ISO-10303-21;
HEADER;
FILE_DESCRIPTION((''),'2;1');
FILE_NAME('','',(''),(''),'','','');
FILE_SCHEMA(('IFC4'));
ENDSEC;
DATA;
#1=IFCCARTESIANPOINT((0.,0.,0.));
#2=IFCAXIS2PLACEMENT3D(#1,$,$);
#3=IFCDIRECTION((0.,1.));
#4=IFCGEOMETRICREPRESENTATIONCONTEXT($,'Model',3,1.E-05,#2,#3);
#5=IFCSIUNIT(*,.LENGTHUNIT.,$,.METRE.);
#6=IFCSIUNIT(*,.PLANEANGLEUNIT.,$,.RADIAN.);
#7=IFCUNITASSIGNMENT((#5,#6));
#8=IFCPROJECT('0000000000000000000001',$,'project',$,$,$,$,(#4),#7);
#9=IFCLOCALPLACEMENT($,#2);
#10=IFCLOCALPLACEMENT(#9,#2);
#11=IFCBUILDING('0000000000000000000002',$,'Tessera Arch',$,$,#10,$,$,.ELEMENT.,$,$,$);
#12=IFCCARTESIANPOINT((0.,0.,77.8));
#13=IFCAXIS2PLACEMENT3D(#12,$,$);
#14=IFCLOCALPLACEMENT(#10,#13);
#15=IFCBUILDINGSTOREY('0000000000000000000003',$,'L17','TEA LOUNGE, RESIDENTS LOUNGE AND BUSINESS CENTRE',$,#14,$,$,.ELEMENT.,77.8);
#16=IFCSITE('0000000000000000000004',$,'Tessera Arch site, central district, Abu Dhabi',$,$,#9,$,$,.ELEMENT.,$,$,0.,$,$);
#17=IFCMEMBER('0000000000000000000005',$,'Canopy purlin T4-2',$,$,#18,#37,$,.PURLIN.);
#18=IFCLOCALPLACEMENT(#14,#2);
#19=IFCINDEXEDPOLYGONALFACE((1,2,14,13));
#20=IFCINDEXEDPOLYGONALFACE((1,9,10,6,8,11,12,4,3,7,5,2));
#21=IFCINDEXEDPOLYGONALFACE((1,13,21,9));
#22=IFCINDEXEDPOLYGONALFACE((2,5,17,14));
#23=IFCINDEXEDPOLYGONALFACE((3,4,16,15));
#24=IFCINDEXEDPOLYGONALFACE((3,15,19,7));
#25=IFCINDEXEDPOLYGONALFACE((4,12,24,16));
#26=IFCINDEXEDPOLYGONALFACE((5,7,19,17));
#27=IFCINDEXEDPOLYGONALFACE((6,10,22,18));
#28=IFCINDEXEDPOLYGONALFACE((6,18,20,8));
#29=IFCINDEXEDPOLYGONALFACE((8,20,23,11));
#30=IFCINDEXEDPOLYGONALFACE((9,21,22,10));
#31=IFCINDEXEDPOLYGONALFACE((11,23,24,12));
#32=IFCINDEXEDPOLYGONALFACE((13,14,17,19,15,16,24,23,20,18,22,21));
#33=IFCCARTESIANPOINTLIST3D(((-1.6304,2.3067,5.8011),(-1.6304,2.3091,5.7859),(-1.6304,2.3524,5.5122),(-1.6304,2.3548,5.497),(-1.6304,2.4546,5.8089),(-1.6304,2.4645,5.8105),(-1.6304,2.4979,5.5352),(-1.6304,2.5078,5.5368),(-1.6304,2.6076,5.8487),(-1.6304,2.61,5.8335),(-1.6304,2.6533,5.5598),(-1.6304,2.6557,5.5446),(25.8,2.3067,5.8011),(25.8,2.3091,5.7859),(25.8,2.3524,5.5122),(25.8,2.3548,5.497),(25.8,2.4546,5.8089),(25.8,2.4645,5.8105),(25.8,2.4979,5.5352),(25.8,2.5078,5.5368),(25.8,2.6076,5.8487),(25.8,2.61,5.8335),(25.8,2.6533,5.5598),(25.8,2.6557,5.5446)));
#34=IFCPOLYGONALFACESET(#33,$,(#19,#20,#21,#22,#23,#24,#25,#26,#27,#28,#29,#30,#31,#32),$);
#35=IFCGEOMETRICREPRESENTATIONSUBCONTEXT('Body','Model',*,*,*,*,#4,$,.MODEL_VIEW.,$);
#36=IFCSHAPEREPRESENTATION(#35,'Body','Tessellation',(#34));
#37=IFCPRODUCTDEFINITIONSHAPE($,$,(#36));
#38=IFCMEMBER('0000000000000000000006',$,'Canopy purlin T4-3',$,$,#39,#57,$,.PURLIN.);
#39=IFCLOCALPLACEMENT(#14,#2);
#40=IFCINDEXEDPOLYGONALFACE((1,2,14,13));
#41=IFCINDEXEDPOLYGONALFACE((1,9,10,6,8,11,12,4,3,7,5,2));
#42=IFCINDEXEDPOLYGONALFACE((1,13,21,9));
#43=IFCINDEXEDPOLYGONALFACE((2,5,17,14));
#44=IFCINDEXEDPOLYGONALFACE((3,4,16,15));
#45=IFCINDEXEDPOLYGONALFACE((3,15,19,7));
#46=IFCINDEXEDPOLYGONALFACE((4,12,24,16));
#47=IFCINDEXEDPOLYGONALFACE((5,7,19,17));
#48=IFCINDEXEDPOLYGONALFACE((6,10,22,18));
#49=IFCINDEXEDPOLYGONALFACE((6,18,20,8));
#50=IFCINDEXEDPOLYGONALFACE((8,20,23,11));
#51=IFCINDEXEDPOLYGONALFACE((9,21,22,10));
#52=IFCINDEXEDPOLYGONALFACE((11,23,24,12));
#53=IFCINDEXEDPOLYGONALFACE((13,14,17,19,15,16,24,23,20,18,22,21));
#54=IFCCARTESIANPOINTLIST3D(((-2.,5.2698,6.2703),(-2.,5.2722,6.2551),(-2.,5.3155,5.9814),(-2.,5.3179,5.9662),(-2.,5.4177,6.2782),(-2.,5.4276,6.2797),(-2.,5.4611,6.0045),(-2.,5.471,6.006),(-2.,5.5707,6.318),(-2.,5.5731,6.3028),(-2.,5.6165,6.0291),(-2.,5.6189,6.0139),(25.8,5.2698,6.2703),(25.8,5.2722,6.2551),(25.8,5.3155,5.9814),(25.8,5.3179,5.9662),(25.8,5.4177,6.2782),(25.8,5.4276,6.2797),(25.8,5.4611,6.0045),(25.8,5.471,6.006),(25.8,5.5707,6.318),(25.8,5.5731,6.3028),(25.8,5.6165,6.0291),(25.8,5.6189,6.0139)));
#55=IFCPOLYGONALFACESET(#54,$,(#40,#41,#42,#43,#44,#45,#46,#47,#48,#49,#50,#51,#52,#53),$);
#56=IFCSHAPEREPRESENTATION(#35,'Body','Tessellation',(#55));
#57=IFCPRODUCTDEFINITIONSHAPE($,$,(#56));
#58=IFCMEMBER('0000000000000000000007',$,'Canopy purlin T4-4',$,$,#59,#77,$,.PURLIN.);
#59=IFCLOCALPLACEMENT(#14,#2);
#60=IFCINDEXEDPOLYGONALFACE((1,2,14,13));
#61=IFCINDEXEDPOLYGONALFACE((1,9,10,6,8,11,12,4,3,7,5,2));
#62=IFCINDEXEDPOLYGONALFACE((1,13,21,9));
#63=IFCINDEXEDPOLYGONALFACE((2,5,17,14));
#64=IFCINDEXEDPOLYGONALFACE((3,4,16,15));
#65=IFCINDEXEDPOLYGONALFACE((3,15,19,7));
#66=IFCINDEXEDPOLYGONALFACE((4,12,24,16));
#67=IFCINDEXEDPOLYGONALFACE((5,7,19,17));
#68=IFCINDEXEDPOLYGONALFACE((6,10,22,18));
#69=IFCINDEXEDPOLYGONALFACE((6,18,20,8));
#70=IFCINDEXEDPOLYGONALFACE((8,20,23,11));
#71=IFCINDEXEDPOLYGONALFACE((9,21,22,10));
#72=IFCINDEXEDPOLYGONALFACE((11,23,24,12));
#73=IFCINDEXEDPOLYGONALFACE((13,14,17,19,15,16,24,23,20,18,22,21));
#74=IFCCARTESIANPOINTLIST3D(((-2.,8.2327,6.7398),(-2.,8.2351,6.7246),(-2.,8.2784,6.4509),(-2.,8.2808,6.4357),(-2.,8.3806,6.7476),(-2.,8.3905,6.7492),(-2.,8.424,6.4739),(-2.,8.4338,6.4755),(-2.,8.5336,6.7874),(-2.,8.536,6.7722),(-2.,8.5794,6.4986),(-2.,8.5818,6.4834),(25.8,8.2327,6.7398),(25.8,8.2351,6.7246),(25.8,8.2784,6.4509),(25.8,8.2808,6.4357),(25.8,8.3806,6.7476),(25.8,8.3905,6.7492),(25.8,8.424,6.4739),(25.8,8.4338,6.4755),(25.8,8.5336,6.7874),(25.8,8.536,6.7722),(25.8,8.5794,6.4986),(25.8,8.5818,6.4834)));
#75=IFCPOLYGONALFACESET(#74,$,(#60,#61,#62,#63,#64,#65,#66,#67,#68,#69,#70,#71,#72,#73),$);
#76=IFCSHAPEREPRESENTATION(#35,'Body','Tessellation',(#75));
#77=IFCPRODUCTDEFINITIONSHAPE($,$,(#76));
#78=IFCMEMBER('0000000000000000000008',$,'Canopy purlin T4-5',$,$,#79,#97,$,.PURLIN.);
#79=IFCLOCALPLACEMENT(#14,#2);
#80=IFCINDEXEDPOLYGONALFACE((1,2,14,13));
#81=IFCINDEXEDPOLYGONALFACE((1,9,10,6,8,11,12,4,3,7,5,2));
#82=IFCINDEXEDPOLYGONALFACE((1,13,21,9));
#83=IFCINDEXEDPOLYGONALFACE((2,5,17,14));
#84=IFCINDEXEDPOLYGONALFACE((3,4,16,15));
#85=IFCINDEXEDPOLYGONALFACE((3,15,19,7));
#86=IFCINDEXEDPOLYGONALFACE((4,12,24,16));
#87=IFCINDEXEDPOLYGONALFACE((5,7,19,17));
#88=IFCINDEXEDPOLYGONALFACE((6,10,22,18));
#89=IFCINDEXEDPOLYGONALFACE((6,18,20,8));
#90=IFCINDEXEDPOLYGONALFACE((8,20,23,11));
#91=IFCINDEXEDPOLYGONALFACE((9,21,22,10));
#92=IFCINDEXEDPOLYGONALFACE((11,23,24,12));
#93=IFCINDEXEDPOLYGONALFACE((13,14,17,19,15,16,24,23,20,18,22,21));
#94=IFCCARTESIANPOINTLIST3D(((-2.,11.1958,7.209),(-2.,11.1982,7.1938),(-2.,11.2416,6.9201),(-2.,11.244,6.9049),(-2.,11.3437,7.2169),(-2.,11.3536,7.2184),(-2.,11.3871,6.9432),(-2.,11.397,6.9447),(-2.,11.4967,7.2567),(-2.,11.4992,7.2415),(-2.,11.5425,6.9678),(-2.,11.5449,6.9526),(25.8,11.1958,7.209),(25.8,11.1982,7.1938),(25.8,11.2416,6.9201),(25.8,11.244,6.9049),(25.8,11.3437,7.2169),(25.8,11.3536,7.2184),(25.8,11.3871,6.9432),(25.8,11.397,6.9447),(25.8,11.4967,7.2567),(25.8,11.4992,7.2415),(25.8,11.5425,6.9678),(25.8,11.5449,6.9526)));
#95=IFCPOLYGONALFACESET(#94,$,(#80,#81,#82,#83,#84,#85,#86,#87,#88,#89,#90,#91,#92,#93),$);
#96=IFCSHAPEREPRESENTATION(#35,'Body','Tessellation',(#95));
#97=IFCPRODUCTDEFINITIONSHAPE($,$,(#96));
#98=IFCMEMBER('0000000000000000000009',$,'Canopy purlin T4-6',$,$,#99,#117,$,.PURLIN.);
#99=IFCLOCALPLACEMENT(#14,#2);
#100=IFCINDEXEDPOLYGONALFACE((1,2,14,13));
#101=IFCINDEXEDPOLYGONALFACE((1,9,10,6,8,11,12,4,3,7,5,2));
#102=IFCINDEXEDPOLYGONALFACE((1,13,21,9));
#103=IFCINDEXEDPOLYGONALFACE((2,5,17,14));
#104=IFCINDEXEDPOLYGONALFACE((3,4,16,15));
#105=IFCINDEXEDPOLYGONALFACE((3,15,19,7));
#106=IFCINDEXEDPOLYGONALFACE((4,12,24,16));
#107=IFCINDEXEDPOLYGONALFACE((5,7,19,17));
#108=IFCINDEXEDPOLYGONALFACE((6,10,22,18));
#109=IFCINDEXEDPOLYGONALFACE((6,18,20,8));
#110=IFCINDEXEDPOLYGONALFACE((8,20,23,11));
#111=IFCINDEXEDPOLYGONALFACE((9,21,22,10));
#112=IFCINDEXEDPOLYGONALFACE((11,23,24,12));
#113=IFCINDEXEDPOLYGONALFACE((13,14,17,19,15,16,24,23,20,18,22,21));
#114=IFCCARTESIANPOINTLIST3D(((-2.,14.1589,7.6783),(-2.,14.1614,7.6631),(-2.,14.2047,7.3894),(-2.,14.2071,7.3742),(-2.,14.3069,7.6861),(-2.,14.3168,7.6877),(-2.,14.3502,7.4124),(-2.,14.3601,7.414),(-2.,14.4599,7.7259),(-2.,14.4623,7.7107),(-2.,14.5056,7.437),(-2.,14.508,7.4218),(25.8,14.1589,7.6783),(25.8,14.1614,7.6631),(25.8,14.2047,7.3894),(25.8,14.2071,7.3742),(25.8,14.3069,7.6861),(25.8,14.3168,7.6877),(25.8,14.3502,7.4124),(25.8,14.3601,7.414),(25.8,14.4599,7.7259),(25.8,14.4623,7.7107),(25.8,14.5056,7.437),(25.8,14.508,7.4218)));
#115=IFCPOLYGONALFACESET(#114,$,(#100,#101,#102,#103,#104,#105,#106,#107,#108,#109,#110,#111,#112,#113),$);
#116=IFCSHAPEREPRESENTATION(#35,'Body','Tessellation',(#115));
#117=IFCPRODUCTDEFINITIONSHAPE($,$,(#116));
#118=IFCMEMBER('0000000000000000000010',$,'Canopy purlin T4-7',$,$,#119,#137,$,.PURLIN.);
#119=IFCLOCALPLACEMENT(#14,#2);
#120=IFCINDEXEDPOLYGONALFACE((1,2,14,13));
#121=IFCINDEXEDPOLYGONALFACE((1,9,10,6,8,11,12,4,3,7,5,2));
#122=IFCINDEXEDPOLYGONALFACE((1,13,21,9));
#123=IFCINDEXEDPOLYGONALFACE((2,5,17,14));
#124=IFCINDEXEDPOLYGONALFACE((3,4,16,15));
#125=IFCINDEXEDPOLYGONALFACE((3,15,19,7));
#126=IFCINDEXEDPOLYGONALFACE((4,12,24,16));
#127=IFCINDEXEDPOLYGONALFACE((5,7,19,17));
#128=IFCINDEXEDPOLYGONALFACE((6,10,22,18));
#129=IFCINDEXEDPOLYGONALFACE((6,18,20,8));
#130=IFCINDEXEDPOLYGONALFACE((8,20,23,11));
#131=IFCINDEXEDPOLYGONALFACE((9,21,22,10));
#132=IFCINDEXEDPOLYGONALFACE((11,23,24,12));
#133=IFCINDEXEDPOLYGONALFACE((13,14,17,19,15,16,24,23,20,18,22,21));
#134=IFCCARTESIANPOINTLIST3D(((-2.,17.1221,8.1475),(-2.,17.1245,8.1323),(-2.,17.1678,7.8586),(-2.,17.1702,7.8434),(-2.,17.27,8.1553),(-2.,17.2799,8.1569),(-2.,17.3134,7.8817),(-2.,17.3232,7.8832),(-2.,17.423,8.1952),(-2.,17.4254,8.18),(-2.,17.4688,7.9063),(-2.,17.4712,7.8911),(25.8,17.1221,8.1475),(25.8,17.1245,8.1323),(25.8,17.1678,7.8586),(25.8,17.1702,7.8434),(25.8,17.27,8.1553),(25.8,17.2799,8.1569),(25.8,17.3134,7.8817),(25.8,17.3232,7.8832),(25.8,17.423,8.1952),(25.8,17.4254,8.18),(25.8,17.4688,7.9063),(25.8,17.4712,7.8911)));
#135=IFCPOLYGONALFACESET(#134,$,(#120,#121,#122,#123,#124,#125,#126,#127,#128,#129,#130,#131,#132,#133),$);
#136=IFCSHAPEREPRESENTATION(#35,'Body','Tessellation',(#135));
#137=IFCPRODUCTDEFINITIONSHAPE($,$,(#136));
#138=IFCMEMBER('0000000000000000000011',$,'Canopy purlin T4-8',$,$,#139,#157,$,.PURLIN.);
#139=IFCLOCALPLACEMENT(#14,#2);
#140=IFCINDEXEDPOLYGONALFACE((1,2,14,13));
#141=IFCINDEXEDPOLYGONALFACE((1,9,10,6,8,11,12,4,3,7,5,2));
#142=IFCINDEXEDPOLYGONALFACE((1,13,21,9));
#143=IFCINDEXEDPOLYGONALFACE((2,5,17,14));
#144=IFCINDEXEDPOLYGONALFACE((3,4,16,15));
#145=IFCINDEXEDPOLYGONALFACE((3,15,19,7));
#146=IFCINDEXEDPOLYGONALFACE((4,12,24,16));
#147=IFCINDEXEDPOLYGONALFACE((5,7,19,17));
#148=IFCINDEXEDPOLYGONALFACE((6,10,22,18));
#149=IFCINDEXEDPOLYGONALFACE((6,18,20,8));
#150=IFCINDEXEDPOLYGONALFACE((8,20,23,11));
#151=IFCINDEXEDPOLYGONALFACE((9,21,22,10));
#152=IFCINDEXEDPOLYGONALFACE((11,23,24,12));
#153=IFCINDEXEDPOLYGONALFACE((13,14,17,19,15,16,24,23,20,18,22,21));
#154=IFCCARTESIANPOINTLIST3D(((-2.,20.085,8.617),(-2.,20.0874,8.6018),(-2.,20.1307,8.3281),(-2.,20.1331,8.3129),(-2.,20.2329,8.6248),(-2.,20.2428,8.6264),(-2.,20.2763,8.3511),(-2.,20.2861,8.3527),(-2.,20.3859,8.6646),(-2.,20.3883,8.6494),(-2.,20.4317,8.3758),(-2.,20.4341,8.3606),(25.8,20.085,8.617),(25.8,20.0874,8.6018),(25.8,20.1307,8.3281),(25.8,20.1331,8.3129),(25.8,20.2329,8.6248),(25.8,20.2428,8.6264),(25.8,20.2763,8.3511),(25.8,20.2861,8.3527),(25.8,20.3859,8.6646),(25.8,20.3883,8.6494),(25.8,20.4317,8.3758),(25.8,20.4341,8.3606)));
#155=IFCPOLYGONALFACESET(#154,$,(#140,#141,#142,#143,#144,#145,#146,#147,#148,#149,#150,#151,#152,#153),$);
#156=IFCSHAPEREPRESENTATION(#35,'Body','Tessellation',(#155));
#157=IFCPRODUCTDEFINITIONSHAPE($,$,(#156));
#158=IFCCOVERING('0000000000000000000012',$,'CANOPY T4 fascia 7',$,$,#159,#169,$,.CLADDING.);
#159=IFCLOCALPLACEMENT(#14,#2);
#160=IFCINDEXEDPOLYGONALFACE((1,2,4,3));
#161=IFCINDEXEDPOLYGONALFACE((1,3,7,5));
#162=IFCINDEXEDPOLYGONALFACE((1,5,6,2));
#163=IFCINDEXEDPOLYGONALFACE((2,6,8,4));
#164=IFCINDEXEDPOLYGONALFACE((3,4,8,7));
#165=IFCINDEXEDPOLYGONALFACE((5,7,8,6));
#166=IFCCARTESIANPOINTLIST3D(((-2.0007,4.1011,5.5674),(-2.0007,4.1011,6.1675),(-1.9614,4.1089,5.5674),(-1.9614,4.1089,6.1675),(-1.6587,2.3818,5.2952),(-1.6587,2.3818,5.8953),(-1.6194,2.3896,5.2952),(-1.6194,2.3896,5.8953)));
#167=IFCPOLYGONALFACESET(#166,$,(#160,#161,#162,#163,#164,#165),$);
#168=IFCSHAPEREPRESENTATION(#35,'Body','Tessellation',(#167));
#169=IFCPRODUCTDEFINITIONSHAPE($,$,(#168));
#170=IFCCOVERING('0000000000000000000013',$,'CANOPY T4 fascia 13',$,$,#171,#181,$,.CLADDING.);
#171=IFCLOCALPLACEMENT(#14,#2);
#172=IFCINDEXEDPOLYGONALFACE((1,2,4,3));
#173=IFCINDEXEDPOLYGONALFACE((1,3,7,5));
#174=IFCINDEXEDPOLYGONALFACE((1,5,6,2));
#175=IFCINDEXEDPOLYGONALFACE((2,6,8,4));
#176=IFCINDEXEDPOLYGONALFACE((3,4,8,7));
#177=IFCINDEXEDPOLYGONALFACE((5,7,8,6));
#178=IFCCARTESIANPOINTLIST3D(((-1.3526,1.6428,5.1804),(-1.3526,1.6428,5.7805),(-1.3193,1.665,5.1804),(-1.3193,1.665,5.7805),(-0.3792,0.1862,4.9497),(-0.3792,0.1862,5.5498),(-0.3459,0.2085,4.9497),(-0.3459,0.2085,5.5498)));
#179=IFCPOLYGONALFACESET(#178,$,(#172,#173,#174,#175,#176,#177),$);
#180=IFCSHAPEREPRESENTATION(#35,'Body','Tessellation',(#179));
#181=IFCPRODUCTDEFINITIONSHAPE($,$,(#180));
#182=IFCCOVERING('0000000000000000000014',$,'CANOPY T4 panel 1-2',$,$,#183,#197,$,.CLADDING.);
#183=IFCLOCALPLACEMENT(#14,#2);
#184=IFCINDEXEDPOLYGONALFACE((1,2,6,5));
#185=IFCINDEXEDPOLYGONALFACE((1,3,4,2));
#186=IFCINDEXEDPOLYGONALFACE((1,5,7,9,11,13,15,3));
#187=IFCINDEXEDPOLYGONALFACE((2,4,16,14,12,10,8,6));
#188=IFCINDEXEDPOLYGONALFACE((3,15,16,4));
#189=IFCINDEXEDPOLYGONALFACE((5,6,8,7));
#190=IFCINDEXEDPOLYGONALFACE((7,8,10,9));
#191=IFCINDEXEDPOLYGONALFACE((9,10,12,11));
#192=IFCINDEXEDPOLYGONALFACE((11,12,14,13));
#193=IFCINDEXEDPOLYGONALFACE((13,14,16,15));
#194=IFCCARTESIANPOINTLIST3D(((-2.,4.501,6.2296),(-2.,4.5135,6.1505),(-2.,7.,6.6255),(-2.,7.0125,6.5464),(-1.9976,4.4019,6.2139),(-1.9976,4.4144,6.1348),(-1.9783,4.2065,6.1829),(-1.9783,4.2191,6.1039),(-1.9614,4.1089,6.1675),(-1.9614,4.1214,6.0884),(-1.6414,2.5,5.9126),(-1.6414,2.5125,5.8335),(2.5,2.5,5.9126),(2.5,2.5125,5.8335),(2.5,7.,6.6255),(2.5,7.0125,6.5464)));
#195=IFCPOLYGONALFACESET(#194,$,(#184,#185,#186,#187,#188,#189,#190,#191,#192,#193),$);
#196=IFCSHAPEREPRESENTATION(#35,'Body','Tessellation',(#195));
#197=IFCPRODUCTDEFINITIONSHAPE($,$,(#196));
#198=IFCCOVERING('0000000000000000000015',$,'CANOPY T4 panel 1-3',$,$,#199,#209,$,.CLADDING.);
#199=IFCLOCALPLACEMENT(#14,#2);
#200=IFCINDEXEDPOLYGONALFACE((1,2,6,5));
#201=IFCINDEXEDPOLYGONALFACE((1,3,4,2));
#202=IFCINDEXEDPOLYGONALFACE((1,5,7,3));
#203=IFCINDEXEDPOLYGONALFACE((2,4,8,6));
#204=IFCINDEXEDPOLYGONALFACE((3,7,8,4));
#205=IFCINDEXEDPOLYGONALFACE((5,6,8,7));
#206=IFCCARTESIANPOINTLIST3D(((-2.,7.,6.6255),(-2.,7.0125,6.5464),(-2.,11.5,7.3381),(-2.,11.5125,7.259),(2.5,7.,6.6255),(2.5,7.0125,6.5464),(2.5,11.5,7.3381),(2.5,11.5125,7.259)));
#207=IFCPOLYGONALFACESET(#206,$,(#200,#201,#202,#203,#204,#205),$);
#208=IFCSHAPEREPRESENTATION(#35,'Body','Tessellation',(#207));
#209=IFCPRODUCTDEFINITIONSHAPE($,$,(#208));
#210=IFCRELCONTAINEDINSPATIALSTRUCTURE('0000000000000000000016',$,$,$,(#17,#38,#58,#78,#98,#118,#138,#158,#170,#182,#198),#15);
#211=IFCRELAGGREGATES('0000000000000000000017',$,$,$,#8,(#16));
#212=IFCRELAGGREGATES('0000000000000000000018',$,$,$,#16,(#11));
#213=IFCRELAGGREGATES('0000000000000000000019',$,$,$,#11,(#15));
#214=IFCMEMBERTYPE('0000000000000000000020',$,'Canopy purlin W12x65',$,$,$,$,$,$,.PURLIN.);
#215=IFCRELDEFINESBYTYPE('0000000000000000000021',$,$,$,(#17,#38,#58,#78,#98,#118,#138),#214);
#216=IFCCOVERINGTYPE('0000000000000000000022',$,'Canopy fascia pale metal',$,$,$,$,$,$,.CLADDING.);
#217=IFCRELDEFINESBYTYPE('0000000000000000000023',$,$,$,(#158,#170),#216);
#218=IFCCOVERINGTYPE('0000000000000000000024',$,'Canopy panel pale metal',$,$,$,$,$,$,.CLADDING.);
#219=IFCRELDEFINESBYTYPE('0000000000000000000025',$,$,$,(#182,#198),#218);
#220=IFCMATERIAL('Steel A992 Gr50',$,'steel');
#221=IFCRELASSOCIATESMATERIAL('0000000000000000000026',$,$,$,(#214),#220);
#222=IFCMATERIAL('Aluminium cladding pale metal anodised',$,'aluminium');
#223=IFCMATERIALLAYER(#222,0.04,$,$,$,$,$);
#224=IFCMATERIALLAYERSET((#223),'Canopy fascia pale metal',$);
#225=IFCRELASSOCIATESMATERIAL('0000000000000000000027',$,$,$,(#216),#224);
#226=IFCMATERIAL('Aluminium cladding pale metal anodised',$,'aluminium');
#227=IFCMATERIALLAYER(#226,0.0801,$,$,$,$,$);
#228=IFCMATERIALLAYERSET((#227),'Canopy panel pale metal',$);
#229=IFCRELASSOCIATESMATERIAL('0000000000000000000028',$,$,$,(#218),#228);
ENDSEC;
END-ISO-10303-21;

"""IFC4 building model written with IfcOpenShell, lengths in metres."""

from ifc_helpers import new_model, si_unit, direction, frame, origin, origin_2d, place, context, subcontext, project, spatial, polyline, i_section, outline, extrude, material, layer, layer_set, material_profile, profile_set, type_object, element, save


model = new_model("IFC4")

# Units and contexts
model_context = context("Model", 3, precision=1e-05, world=origin(), true_north=direction((0.0, 1.0)))
body_context = subcontext(model_context, "Body", "Model", "MODEL_VIEW")
ifc_project = project(units=[si_unit("LENGTHUNIT", "METRE"), si_unit("PLANEANGLEUNIT", "RADIAN")], contexts=[model_context])

# Site, building, storey
site_placement = place(None, origin())
site = spatial("IfcSite", under=ifc_project, at=site_placement, Name="Tessera Arch site, central district, Abu Dhabi", CompositionType="ELEMENT", RefElevation=0.0)
building_placement = place(site_placement, origin())
building = spatial("IfcBuilding", under=site, at=building_placement, Name="Tessera Arch", CompositionType="ELEMENT")
storey_placement = place(building_placement, frame((0.0, 0.0, 77.8)))
storey = spatial("IfcBuildingStorey", under=building, at=storey_placement, Name="L17", Description="TEA LOUNGE, RESIDENTS LOUNGE AND BUSINESS CENTRE", CompositionType="ELEMENT", Elevation=77.8)

# Members
ifc_material_1 = material(Name="Steel A992 Gr50", Category="steel")
ifc_material_profile = material_profile(ifc_material_1, i_section(OverallWidth=0.3047, OverallDepth=0.3079, WebThickness=0.01, FlangeThickness=0.0154, at=origin_2d()), Name="W12x65")
ifc_profile_set = profile_set([ifc_material_profile], Name="Steel A992 Gr50")
member_type = type_object("IfcMemberType", Name="Canopy purlin W12x65", PredefinedType="PURLIN", material=ifc_profile_set)
member_placement = place(storey_placement, frame((-1.6304, 2.4812, 5.6729), z_axis=(1.0, 0.0, 0.0), x_axis=(0.0, 0.987688, 0.156434)))
element("IfcMember", 1, at=member_placement, inside=storey, type_object=member_type, Name="Canopy purlin T4-2", PredefinedType="PURLIN", context=body_context, shape_type="SweptSolid", body=[
    extrude(i_section(OverallWidth=0.3047, OverallDepth=0.3079, WebThickness=0.01, FlangeThickness=0.0154, at=origin_2d()), origin(), (0.0, 0.0, 1.0), 27.4304),
])
for number, where, z_axis, x_axis, name in (
    (2, (-2.0, 5.4443, 6.1421), (1.0, 0.0, 0.0), (0.0, 0.987688, 0.156434), "Canopy purlin T4-3"),
    (3, (-2.0, 8.4072, 6.6116), (1.0, 0.0, 0.0), (0.0, 0.987688, 0.156434), "Canopy purlin T4-4"),
    (4, (-2.0, 11.3704, 7.0808), (1.0, 0.0, 0.0), (0.0, 0.987688, 0.156434), "Canopy purlin T4-5"),
    (5, (-2.0, 14.3335, 7.55), (1.0, 0.0, 0.0), (0.0, 0.987688, 0.156434), "Canopy purlin T4-6"),
    (6, (-2.0, 17.2966, 8.0193), (1.0, 0.0, 0.0), (0.0, 0.987688, 0.156434), "Canopy purlin T4-7"),
    (7, (-2.0, 20.2595, 8.4888), (1.0, 0.0, 0.0), (0.0, 0.987688, 0.156434), "Canopy purlin T4-8"),
):
    element("IfcMember", number, at=place(storey_placement, frame(where, z_axis=z_axis, x_axis=x_axis)), inside=storey, type_object=member_type, Name=name, PredefinedType="PURLIN", context=body_context, shape_type="SweptSolid", body=[
        extrude(i_section(OverallWidth=0.3047, OverallDepth=0.3079, WebThickness=0.01, FlangeThickness=0.0154, at=origin_2d()), origin(), (0.0, 0.0, 1.0), 27.8),
    ])

# Coverings
ifc_material_2 = material(Name="Aluminium cladding pale metal anodised", Category="aluminium")
ifc_layer_1 = layer(ifc_material_2, 0.04)
ifc_layer_set_1 = layer_set([ifc_layer_1], Name="Canopy fascia pale metal")
covering_type_1 = type_object("IfcCoveringType", Name="Canopy fascia pale metal", PredefinedType="CLADDING", material=ifc_layer_set_1)
covering_1_placement = place(storey_placement, frame((-1.9614, 4.1089, 6.1675), z_axis=(0.980778, 0.195125, 0.0), x_axis=(0.192814, -0.969162, -0.153453)))
element("IfcCovering", 8, at=covering_1_placement, inside=storey, type_object=covering_type_1, Name="CANOPY T4 fascia 7", PredefinedType="CLADDING", context=body_context, shape_type="SweptSolid", body=[
    extrude(outline(polyline([(0.0, 0.0), (1.7739, 0.0), (1.866, 0.593), (0.0921, 0.593), (0.0, 0.0)])), origin(), (0.0, 0.0, -1.0), 0.04),
])
covering_2_placement = place(storey_placement, frame((-1.3193, 1.665, 5.7805), z_axis=(0.831428, 0.555632, 0.0), x_axis=(0.550876, -0.82431, -0.130569)))
element("IfcCovering", 9, at=covering_2_placement, inside=storey, type_object=covering_type_1, Name="CANOPY T4 fascia 13", PredefinedType="CLADDING", context=body_context, shape_type="SweptSolid", body=[
    extrude(outline(polyline([(0.0, 0.0), (1.767, 0.0), (1.8453, 0.595), (0.0784, 0.595), (0.0, 0.0)])), origin(), (0.0, 0.0, -1.0), 0.04),
])
ifc_material_3 = material(Name="Aluminium cladding pale metal anodised", Category="aluminium")
ifc_layer_2 = layer(ifc_material_3, 0.0801)
ifc_layer_set_2 = layer_set([ifc_layer_2], Name="Canopy panel pale metal")
covering_type_2 = type_object("IfcCoveringType", Name="Canopy panel pale metal", PredefinedType="CLADDING", material=ifc_layer_set_2)
covering_3_placement = place(storey_placement, frame((-1.6414, 2.5, 5.9126), z_axis=(0.000009, -0.156469, 0.987683), x_axis=(1.0, 0.000001, -0.000008)))
element("IfcCovering", 10, at=covering_3_placement, inside=storey, type_object=covering_type_2, Name="CANOPY T4 panel 1-2", PredefinedType="CLADDING", context=body_context, shape_type="SweptSolid", body=[
    extrude(outline(polyline([(0.0, 0.0), (4.1414, 0.0), (4.1414, 4.5561), (-0.3586, 4.5561), (-0.3586, 2.026), (-0.3562, 1.9256), (-0.3369, 1.7278), (-0.3201, 1.629), (0.0, 0.0)])), origin(), (0.0, 0.0, -1.0), 0.0801),
])
for number, where, z_axis, x_axis, name in (
    (11, (-2.0, 7.0, 6.6255), (0.0, -0.156417, 0.987691), (1.0, 0.0, 0.0), "CANOPY T4 panel 1-3"),
):
    element("IfcCovering", number, at=place(storey_placement, frame(where, z_axis=z_axis, x_axis=x_axis)), inside=storey, type_object=covering_type_2, Name=name, PredefinedType="CLADDING", context=body_context, shape_type="SweptSolid", body=[
        extrude(outline(polyline([(0.0, 0.0), (4.5, 0.0), (4.5, 4.5561), (0.0, 4.5561), (0.0, 0.0)])), origin(), (0.0, 0.0, -1.0), 0.0801),
    ])

save(model, "model.ifc")
